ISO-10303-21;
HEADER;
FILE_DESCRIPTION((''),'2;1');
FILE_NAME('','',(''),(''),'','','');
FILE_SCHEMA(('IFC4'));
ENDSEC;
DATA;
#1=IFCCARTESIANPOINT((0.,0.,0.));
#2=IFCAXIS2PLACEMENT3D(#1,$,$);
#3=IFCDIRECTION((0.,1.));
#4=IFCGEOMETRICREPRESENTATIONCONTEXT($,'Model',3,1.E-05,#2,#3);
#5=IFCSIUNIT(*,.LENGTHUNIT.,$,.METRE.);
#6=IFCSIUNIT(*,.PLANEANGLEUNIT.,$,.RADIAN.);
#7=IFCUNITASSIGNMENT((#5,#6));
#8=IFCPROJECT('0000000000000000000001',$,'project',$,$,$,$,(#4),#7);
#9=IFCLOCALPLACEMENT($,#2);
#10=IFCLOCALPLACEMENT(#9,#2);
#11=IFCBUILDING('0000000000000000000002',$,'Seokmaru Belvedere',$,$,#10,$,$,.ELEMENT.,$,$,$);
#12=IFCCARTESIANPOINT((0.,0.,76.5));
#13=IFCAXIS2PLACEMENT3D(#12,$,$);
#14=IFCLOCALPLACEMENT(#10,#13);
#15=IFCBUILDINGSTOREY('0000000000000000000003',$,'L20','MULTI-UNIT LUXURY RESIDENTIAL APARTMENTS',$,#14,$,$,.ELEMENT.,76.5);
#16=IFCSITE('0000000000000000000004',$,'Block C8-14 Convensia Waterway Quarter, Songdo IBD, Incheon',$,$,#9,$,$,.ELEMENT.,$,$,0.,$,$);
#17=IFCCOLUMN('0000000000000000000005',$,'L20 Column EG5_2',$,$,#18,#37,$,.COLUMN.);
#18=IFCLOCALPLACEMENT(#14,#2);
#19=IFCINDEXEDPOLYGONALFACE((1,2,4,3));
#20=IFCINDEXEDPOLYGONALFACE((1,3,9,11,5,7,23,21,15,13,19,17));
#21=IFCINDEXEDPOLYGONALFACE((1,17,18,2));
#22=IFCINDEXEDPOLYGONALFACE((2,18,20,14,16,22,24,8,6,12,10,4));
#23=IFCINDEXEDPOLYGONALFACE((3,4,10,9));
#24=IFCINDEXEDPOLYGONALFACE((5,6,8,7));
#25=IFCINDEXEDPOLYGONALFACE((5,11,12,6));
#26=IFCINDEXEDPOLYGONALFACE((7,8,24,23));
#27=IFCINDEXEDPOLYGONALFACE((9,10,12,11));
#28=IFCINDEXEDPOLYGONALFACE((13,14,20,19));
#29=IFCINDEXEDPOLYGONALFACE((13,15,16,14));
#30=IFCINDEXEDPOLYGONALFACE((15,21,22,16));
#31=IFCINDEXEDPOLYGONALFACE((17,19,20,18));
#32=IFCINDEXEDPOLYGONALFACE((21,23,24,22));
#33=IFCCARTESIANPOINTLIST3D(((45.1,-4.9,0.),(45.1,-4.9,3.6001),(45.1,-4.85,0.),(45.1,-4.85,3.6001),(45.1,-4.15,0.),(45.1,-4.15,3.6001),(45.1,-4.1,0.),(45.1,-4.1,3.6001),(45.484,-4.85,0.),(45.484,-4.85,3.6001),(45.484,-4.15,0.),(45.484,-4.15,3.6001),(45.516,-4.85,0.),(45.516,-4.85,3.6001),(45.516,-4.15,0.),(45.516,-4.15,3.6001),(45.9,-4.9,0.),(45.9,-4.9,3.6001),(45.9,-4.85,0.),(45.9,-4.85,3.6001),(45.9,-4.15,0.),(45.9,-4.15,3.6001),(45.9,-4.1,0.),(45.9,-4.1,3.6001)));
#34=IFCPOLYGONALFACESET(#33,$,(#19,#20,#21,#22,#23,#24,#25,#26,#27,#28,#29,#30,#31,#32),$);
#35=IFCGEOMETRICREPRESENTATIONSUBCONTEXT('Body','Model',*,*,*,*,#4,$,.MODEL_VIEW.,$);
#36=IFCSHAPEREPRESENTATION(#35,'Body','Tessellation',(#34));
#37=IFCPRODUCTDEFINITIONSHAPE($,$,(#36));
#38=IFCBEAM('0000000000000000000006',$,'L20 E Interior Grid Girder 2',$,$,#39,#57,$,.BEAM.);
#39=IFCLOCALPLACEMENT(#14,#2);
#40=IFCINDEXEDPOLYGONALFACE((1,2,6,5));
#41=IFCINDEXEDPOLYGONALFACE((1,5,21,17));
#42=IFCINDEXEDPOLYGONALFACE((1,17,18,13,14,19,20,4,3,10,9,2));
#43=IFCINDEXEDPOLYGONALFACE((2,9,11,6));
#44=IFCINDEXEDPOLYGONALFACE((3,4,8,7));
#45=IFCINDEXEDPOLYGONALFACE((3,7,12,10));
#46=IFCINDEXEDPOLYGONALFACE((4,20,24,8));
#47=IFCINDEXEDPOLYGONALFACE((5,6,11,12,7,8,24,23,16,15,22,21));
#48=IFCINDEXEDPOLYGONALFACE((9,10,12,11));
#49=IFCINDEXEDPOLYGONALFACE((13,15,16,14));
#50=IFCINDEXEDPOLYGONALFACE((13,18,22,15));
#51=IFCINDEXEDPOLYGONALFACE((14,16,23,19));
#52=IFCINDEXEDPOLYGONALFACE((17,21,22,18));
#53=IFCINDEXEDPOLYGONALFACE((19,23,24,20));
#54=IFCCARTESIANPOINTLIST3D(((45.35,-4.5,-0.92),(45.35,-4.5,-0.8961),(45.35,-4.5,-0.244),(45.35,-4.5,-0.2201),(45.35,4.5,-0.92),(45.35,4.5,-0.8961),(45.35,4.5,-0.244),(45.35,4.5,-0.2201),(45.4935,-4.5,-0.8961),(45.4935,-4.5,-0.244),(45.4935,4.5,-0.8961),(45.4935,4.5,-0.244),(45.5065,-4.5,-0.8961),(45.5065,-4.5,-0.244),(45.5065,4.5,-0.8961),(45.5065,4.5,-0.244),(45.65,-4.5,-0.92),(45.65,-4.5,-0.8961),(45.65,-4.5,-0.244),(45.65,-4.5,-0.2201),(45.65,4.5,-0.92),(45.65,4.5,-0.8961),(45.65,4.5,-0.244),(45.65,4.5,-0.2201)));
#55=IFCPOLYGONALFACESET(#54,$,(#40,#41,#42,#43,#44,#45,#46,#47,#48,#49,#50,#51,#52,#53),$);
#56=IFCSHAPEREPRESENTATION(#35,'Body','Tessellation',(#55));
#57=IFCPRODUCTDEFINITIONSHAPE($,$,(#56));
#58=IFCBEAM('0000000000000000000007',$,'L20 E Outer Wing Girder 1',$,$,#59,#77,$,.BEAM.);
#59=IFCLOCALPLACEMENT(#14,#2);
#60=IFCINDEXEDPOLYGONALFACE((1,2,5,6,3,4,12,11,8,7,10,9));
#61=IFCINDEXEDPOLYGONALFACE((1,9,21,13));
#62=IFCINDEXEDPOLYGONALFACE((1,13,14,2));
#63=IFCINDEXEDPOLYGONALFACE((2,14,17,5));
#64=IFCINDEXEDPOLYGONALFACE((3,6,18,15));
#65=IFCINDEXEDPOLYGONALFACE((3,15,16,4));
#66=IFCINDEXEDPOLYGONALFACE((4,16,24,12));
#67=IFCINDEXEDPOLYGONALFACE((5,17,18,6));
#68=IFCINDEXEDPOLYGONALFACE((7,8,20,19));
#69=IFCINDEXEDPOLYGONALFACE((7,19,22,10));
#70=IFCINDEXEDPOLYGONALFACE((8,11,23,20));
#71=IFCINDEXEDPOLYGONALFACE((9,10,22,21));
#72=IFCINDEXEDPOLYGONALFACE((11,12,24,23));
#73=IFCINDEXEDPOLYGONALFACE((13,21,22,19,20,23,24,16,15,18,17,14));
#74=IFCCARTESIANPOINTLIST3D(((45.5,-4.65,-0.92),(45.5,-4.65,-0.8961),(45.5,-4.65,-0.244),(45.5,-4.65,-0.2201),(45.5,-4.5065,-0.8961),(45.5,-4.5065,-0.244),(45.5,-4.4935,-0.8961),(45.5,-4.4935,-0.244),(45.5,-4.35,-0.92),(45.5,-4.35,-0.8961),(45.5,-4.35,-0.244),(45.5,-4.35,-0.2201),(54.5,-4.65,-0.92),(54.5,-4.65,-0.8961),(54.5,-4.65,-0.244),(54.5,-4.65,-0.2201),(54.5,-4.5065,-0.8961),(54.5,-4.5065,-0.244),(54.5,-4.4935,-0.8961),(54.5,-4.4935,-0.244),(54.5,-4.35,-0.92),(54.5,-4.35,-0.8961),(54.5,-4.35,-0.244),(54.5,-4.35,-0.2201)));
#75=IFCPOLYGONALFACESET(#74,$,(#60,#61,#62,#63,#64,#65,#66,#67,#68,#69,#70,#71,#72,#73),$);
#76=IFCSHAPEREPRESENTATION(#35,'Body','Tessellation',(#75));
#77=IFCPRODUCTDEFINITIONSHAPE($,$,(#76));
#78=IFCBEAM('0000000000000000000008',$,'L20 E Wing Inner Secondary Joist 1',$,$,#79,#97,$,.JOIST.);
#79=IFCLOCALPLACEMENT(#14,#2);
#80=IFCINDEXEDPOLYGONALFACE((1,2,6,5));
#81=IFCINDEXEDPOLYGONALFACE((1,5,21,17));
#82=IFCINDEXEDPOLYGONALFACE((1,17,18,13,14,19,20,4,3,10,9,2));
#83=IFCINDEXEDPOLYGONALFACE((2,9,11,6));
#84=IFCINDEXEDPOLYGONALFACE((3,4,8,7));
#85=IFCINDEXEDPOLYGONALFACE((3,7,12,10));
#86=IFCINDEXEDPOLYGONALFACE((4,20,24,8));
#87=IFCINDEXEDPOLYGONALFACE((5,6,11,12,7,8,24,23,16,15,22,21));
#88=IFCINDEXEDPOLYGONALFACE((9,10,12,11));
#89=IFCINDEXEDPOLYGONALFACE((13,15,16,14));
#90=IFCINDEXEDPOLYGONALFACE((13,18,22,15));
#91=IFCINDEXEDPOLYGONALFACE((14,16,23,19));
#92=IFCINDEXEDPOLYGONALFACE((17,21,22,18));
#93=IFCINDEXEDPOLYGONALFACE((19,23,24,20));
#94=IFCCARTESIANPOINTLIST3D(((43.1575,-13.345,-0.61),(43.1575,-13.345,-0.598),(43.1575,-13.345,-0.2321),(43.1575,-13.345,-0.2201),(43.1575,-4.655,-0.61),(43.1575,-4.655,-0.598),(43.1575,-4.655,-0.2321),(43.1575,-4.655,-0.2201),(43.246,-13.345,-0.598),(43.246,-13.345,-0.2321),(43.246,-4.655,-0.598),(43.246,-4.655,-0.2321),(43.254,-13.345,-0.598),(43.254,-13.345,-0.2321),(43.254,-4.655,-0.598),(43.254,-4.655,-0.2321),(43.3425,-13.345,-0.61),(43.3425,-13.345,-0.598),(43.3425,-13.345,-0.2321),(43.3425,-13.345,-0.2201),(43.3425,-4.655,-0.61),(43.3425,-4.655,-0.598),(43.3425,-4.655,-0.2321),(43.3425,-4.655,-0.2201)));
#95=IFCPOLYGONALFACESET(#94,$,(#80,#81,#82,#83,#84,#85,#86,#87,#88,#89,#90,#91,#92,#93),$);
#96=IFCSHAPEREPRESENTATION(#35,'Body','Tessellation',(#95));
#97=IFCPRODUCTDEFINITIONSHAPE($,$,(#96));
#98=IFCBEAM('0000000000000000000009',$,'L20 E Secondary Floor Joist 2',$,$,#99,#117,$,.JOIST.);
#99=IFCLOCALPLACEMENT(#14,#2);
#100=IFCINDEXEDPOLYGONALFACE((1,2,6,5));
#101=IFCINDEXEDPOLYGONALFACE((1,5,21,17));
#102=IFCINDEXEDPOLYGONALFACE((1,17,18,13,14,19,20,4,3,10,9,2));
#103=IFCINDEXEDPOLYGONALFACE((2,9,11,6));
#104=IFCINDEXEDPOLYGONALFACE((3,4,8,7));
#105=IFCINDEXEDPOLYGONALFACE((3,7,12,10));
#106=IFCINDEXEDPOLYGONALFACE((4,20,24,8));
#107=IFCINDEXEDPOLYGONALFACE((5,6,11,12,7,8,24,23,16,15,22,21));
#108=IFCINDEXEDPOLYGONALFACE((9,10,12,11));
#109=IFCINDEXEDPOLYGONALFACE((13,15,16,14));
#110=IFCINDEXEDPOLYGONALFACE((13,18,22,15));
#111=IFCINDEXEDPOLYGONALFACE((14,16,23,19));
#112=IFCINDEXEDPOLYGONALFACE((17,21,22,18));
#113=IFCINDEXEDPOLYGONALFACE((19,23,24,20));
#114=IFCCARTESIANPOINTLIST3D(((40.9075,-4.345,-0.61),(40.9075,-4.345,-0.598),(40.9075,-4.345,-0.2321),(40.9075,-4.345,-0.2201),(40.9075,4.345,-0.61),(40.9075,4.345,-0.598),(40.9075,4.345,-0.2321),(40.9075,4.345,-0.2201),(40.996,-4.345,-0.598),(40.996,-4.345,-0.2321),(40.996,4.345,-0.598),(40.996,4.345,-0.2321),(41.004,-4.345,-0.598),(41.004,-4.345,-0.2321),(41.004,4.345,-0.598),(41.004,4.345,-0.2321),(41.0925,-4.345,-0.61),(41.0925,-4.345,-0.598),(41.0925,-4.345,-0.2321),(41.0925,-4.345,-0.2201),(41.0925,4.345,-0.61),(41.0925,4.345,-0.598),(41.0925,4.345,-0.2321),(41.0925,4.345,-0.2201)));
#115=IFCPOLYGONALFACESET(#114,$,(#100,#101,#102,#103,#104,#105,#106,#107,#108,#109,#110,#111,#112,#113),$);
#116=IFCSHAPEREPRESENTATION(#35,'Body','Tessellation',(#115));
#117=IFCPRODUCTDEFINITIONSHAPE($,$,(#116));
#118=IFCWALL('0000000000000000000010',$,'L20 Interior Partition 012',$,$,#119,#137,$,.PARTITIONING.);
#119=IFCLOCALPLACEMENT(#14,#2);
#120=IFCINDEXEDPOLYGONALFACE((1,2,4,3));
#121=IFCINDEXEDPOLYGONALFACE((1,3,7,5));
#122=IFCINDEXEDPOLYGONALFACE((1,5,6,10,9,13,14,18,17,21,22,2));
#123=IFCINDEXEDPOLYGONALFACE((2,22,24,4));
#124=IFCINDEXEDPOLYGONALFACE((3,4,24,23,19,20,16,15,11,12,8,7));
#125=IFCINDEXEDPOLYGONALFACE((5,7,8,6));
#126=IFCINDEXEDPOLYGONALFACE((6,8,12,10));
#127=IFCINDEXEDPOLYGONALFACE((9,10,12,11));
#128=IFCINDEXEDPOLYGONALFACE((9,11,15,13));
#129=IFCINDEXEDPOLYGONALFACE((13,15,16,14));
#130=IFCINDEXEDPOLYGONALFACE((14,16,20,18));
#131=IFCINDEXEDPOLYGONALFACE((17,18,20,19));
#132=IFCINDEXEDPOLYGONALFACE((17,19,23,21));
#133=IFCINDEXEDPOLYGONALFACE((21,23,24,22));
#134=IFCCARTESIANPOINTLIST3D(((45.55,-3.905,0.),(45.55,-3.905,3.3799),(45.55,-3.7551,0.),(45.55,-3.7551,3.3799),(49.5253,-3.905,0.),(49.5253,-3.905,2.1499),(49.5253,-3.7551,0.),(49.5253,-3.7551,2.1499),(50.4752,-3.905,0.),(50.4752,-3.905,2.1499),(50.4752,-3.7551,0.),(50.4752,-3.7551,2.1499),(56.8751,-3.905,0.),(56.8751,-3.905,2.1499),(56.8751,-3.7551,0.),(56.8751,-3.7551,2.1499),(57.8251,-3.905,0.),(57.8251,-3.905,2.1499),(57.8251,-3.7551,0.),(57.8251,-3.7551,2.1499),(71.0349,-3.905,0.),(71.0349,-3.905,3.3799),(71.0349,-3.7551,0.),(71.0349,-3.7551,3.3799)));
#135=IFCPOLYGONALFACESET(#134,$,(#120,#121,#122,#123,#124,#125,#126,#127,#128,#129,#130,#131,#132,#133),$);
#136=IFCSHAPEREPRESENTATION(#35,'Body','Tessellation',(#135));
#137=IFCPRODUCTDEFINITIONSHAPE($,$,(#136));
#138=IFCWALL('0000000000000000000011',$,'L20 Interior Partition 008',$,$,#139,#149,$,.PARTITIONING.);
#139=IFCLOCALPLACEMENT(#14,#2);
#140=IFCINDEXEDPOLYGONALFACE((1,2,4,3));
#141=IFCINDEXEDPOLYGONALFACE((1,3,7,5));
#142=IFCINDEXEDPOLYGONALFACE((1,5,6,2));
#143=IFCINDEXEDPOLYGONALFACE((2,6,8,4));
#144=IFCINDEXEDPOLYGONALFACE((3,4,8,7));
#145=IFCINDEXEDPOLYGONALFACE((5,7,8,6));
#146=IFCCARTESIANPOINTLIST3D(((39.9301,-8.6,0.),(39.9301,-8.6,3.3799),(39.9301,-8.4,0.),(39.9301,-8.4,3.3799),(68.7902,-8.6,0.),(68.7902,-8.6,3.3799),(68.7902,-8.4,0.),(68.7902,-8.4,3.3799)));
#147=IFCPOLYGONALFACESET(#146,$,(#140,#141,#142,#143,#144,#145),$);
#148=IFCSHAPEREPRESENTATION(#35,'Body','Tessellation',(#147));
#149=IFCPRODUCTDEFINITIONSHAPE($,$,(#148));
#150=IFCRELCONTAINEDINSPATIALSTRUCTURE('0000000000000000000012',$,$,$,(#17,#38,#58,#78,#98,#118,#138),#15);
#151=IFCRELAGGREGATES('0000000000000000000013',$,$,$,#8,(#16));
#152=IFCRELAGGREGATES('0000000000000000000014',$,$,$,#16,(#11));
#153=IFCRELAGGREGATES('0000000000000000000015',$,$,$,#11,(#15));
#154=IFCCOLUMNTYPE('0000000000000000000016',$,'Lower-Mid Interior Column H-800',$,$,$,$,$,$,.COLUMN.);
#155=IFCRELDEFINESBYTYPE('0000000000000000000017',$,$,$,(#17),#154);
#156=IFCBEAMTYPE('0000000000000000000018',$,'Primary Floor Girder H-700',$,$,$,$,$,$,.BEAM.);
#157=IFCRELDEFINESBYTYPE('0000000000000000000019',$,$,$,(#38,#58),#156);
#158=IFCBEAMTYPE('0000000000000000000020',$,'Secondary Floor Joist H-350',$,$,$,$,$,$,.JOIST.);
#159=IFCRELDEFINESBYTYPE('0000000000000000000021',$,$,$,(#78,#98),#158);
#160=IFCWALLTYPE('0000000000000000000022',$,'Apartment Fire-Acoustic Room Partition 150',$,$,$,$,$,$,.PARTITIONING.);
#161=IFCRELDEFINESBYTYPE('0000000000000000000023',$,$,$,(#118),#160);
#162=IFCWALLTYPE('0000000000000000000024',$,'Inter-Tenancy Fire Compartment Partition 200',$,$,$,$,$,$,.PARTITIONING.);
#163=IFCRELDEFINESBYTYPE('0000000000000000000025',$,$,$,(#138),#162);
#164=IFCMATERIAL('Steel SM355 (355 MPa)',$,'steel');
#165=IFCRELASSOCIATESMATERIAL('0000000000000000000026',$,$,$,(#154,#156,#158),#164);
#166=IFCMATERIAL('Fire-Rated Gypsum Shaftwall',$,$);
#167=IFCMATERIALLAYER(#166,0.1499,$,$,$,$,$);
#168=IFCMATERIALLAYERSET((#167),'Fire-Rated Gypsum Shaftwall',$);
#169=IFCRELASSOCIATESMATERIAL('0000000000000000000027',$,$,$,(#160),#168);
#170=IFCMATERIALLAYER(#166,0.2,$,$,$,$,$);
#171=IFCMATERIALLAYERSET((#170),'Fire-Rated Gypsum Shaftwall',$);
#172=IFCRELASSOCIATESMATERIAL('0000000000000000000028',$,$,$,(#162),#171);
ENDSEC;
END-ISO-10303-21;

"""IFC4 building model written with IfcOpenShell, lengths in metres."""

from ifc_helpers import new_model, si_unit, direction, frame, frame_2d, origin, origin_2d, place, context, subcontext, project, spatial, rectangle, i_section, extrude, source, transform, mapped, material, layer, layer_set, material_profile, profile_set, type_object, type_shapes, element, save


model = new_model("IFC4")

# Units and contexts
model_context = context("Model", 3, precision=1e-05, world=origin(), true_north=direction((0.0, 1.0)))
body_context = subcontext(model_context, "Body", "Model", "MODEL_VIEW")
ifc_project = project(units=[si_unit("LENGTHUNIT", "METRE"), si_unit("PLANEANGLEUNIT", "RADIAN")], contexts=[model_context])

# Site, building, storey
site_placement = place(None, origin())
site = spatial("IfcSite", under=ifc_project, at=site_placement, Name="Block C8-14 Convensia Waterway Quarter, Songdo IBD, Incheon", CompositionType="ELEMENT", RefElevation=0.0)
building_placement = place(site_placement, origin())
building = spatial("IfcBuilding", under=site, at=building_placement, Name="Seokmaru Belvedere", CompositionType="ELEMENT")
storey_placement = place(building_placement, frame((0.0, 0.0, 76.5)))
storey = spatial("IfcBuildingStorey", under=building, at=storey_placement, Name="L20", Description="MULTI-UNIT LUXURY RESIDENTIAL APARTMENTS", CompositionType="ELEMENT", Elevation=76.5)

# Column
ifc_material_1 = material(Name="Steel SM355 (355 MPa)", Category="steel")
ifc_material_profile_1 = material_profile(ifc_material_1, i_section(OverallWidth=0.8, OverallDepth=0.8, WebThickness=0.032, FlangeThickness=0.05, at=origin_2d()), Name="H-800x800x32x50")
ifc_profile_set_1 = profile_set([ifc_material_profile_1], Name="Steel SM355 (355 MPa)")
column_type = type_object("IfcColumnType", Name="Lower-Mid Interior Column H-800", PredefinedType="COLUMN", material=ifc_profile_set_1)
shared_shape_1 = source(origin(), body_context, "Body", "SweptSolid", [
    extrude(i_section(OverallWidth=0.8, OverallDepth=0.8, WebThickness=0.032, FlangeThickness=0.05, at=origin_2d()), origin(), (0.0, 0.0, 1.0), 3.6001),
])
type_shapes(column_type, [shared_shape_1])
column_placement = place(storey_placement, frame((45.5, -4.5, 0.0), z_axis=(0.0, 0.0, 1.0), x_axis=(1.0, 0.0, 0.0)))
element("IfcColumn", 1, at=column_placement, inside=storey, type_object=column_type, Name="L20 Column EG5_2", PredefinedType="COLUMN", context=body_context, shape_type="MappedRepresentation", body=[
    mapped(shared_shape_1, transform((0.0, 0.0, 0.0), scale=1.0)),
])

# Beams
ifc_material_profile_2 = material_profile(ifc_material_1, i_section(OverallWidth=0.3, OverallDepth=0.7, WebThickness=0.0129, FlangeThickness=0.0239, at=origin_2d()), Name="H-700x300x13x24")
ifc_profile_set_2 = profile_set([ifc_material_profile_2], Name="Steel SM355 (355 MPa)")
beam_type_1 = type_object("IfcBeamType", Name="Primary Floor Girder H-700", PredefinedType="BEAM", material=ifc_profile_set_2)
shared_shape_2 = source(origin(), body_context, "Body", "SweptSolid", [
    extrude(i_section(OverallWidth=0.3, OverallDepth=0.7, WebThickness=0.0129, FlangeThickness=0.0239, at=origin_2d()), origin(), (0.0, 0.0, 1.0), 9.0),
])
type_shapes(beam_type_1, [shared_shape_2])
for number, where, z_axis, x_axis, name in (
    (2, (45.5, -4.5, -0.5701), (0.0, 1.0, 0.0), (-1.0, 0.0, 0.0), "L20 E Interior Grid Girder 2"),
    (3, (45.5, -4.5, -0.5701), (1.0, 0.0, 0.0), (0.0, 1.0, 0.0), "L20 E Outer Wing Girder 1"),
):
    element("IfcBeam", number, at=place(storey_placement, frame(where, z_axis=z_axis, x_axis=x_axis)), inside=storey, type_object=beam_type_1, Name=name, PredefinedType="BEAM", context=body_context, shape_type="MappedRepresentation", body=[
        mapped(shared_shape_2, transform((0.0, 0.0, 0.0), scale=1.0)),
    ])
ifc_material_profile_3 = material_profile(ifc_material_1, i_section(OverallWidth=0.1851, OverallDepth=0.3899, WebThickness=0.0081, FlangeThickness=0.012, at=origin_2d()), Name="H-390x185x8x12")
ifc_profile_set_3 = profile_set([ifc_material_profile_3], Name="Steel SM355 (355 MPa)")
beam_type_2 = type_object("IfcBeamType", Name="Secondary Floor Joist H-350", PredefinedType="JOIST", material=ifc_profile_set_3)
shared_shape_3 = source(origin(), body_context, "Body", "SweptSolid", [
    extrude(i_section(OverallWidth=0.1851, OverallDepth=0.3899, WebThickness=0.0081, FlangeThickness=0.012, at=origin_2d()), origin(), (0.0, 0.0, 1.0), 8.6899),
])
type_shapes(beam_type_2, [shared_shape_3])
for number, where, z_axis, x_axis, name in (
    (4, (43.25, -13.345, -0.415), (0.0, 1.0, 0.0), (-1.0, 0.0, 0.0), "L20 E Wing Inner Secondary Joist 1"),
    (5, (41.0, -4.345, -0.415), (0.0, 1.0, 0.0), (-1.0, 0.0, 0.0), "L20 E Secondary Floor Joist 2"),
):
    element("IfcBeam", number, at=place(storey_placement, frame(where, z_axis=z_axis, x_axis=x_axis)), inside=storey, type_object=beam_type_2, Name=name, PredefinedType="JOIST", context=body_context, shape_type="MappedRepresentation", body=[
        mapped(shared_shape_3, transform((0.0, 0.0, 0.0), scale=1.0)),
    ])

# Wall, openings
ifc_material_2 = material(Name="Fire-Rated Gypsum Shaftwall")
ifc_layer_1 = layer(ifc_material_2, 0.1499)
ifc_layer_set_1 = layer_set([ifc_layer_1], Name="Fire-Rated Gypsum Shaftwall")
wall_type_1 = type_object("IfcWallType", Name="Apartment Fire-Acoustic Room Partition 150", PredefinedType="PARTITIONING", material=ifc_layer_set_1)
wall_1_placement = place(storey_placement, frame((45.55, -3.8301, 0.0), z_axis=(0.0, 0.0, 1.0), x_axis=(1.0, 0.0, 0.0)))
wall_1 = element("IfcWall", 6, at=wall_1_placement, inside=storey, type_object=wall_type_1, Name="L20 Interior Partition 012", PredefinedType="PARTITIONING", context=body_context, shape_type="SweptSolid", body=[
    extrude(rectangle(XDim=25.4849, YDim=0.1499, at=frame_2d((12.7424, 0.0))), origin(), (0.0, 0.0, 1.0), 3.3799),
])
opening_1_placement = place(wall_1_placement, frame((3.9751, 0.0, 0.0)))
element("IfcOpeningElement", 7, at=opening_1_placement, cuts=wall_1, PredefinedType="OPENING", context=body_context, shape_type="SweptSolid", body=[
    extrude(rectangle(XDim=0.95, YDim=2.1499, at=frame_2d((0.4751, 1.075))), frame((0.0, 0.085, 0.0), z_axis=(0.0, -1.0, 0.0), x_axis=(1.0, 0.0, 0.0)), (0.0, 0.0, 1.0), 0.1699),
])
opening_2_placement = place(wall_1_placement, frame((11.325, 0.0, 0.0)))
element("IfcOpeningElement", 8, at=opening_2_placement, cuts=wall_1, PredefinedType="OPENING", context=body_context, shape_type="SweptSolid", body=[
    extrude(rectangle(XDim=0.95, YDim=2.1499, at=frame_2d((0.4751, 1.075))), frame((0.0, 0.085, 0.0), z_axis=(0.0, -1.0, 0.0), x_axis=(1.0, 0.0, 0.0)), (0.0, 0.0, 1.0), 0.1699),
])

# Wall
ifc_layer_2 = layer(ifc_material_2, 0.2)
ifc_layer_set_2 = layer_set([ifc_layer_2], Name="Fire-Rated Gypsum Shaftwall")
wall_type_2 = type_object("IfcWallType", Name="Inter-Tenancy Fire Compartment Partition 200", PredefinedType="PARTITIONING", material=ifc_layer_set_2)
wall_2_placement = place(storey_placement, frame((39.9299, -8.5, 0.0), z_axis=(0.0, 0.0, 1.0), x_axis=(1.0, 0.0, 0.0)))
element("IfcWall", 9, at=wall_2_placement, inside=storey, type_object=wall_type_2, Name="L20 Interior Partition 008", PredefinedType="PARTITIONING", context=body_context, shape_type="SweptSolid", body=[
    extrude(rectangle(XDim=28.8601, YDim=0.2, at=frame_2d((14.4302, 0.0))), origin(), (0.0, 0.0, 1.0), 3.3799),
])

save(model, "model.ifc")
